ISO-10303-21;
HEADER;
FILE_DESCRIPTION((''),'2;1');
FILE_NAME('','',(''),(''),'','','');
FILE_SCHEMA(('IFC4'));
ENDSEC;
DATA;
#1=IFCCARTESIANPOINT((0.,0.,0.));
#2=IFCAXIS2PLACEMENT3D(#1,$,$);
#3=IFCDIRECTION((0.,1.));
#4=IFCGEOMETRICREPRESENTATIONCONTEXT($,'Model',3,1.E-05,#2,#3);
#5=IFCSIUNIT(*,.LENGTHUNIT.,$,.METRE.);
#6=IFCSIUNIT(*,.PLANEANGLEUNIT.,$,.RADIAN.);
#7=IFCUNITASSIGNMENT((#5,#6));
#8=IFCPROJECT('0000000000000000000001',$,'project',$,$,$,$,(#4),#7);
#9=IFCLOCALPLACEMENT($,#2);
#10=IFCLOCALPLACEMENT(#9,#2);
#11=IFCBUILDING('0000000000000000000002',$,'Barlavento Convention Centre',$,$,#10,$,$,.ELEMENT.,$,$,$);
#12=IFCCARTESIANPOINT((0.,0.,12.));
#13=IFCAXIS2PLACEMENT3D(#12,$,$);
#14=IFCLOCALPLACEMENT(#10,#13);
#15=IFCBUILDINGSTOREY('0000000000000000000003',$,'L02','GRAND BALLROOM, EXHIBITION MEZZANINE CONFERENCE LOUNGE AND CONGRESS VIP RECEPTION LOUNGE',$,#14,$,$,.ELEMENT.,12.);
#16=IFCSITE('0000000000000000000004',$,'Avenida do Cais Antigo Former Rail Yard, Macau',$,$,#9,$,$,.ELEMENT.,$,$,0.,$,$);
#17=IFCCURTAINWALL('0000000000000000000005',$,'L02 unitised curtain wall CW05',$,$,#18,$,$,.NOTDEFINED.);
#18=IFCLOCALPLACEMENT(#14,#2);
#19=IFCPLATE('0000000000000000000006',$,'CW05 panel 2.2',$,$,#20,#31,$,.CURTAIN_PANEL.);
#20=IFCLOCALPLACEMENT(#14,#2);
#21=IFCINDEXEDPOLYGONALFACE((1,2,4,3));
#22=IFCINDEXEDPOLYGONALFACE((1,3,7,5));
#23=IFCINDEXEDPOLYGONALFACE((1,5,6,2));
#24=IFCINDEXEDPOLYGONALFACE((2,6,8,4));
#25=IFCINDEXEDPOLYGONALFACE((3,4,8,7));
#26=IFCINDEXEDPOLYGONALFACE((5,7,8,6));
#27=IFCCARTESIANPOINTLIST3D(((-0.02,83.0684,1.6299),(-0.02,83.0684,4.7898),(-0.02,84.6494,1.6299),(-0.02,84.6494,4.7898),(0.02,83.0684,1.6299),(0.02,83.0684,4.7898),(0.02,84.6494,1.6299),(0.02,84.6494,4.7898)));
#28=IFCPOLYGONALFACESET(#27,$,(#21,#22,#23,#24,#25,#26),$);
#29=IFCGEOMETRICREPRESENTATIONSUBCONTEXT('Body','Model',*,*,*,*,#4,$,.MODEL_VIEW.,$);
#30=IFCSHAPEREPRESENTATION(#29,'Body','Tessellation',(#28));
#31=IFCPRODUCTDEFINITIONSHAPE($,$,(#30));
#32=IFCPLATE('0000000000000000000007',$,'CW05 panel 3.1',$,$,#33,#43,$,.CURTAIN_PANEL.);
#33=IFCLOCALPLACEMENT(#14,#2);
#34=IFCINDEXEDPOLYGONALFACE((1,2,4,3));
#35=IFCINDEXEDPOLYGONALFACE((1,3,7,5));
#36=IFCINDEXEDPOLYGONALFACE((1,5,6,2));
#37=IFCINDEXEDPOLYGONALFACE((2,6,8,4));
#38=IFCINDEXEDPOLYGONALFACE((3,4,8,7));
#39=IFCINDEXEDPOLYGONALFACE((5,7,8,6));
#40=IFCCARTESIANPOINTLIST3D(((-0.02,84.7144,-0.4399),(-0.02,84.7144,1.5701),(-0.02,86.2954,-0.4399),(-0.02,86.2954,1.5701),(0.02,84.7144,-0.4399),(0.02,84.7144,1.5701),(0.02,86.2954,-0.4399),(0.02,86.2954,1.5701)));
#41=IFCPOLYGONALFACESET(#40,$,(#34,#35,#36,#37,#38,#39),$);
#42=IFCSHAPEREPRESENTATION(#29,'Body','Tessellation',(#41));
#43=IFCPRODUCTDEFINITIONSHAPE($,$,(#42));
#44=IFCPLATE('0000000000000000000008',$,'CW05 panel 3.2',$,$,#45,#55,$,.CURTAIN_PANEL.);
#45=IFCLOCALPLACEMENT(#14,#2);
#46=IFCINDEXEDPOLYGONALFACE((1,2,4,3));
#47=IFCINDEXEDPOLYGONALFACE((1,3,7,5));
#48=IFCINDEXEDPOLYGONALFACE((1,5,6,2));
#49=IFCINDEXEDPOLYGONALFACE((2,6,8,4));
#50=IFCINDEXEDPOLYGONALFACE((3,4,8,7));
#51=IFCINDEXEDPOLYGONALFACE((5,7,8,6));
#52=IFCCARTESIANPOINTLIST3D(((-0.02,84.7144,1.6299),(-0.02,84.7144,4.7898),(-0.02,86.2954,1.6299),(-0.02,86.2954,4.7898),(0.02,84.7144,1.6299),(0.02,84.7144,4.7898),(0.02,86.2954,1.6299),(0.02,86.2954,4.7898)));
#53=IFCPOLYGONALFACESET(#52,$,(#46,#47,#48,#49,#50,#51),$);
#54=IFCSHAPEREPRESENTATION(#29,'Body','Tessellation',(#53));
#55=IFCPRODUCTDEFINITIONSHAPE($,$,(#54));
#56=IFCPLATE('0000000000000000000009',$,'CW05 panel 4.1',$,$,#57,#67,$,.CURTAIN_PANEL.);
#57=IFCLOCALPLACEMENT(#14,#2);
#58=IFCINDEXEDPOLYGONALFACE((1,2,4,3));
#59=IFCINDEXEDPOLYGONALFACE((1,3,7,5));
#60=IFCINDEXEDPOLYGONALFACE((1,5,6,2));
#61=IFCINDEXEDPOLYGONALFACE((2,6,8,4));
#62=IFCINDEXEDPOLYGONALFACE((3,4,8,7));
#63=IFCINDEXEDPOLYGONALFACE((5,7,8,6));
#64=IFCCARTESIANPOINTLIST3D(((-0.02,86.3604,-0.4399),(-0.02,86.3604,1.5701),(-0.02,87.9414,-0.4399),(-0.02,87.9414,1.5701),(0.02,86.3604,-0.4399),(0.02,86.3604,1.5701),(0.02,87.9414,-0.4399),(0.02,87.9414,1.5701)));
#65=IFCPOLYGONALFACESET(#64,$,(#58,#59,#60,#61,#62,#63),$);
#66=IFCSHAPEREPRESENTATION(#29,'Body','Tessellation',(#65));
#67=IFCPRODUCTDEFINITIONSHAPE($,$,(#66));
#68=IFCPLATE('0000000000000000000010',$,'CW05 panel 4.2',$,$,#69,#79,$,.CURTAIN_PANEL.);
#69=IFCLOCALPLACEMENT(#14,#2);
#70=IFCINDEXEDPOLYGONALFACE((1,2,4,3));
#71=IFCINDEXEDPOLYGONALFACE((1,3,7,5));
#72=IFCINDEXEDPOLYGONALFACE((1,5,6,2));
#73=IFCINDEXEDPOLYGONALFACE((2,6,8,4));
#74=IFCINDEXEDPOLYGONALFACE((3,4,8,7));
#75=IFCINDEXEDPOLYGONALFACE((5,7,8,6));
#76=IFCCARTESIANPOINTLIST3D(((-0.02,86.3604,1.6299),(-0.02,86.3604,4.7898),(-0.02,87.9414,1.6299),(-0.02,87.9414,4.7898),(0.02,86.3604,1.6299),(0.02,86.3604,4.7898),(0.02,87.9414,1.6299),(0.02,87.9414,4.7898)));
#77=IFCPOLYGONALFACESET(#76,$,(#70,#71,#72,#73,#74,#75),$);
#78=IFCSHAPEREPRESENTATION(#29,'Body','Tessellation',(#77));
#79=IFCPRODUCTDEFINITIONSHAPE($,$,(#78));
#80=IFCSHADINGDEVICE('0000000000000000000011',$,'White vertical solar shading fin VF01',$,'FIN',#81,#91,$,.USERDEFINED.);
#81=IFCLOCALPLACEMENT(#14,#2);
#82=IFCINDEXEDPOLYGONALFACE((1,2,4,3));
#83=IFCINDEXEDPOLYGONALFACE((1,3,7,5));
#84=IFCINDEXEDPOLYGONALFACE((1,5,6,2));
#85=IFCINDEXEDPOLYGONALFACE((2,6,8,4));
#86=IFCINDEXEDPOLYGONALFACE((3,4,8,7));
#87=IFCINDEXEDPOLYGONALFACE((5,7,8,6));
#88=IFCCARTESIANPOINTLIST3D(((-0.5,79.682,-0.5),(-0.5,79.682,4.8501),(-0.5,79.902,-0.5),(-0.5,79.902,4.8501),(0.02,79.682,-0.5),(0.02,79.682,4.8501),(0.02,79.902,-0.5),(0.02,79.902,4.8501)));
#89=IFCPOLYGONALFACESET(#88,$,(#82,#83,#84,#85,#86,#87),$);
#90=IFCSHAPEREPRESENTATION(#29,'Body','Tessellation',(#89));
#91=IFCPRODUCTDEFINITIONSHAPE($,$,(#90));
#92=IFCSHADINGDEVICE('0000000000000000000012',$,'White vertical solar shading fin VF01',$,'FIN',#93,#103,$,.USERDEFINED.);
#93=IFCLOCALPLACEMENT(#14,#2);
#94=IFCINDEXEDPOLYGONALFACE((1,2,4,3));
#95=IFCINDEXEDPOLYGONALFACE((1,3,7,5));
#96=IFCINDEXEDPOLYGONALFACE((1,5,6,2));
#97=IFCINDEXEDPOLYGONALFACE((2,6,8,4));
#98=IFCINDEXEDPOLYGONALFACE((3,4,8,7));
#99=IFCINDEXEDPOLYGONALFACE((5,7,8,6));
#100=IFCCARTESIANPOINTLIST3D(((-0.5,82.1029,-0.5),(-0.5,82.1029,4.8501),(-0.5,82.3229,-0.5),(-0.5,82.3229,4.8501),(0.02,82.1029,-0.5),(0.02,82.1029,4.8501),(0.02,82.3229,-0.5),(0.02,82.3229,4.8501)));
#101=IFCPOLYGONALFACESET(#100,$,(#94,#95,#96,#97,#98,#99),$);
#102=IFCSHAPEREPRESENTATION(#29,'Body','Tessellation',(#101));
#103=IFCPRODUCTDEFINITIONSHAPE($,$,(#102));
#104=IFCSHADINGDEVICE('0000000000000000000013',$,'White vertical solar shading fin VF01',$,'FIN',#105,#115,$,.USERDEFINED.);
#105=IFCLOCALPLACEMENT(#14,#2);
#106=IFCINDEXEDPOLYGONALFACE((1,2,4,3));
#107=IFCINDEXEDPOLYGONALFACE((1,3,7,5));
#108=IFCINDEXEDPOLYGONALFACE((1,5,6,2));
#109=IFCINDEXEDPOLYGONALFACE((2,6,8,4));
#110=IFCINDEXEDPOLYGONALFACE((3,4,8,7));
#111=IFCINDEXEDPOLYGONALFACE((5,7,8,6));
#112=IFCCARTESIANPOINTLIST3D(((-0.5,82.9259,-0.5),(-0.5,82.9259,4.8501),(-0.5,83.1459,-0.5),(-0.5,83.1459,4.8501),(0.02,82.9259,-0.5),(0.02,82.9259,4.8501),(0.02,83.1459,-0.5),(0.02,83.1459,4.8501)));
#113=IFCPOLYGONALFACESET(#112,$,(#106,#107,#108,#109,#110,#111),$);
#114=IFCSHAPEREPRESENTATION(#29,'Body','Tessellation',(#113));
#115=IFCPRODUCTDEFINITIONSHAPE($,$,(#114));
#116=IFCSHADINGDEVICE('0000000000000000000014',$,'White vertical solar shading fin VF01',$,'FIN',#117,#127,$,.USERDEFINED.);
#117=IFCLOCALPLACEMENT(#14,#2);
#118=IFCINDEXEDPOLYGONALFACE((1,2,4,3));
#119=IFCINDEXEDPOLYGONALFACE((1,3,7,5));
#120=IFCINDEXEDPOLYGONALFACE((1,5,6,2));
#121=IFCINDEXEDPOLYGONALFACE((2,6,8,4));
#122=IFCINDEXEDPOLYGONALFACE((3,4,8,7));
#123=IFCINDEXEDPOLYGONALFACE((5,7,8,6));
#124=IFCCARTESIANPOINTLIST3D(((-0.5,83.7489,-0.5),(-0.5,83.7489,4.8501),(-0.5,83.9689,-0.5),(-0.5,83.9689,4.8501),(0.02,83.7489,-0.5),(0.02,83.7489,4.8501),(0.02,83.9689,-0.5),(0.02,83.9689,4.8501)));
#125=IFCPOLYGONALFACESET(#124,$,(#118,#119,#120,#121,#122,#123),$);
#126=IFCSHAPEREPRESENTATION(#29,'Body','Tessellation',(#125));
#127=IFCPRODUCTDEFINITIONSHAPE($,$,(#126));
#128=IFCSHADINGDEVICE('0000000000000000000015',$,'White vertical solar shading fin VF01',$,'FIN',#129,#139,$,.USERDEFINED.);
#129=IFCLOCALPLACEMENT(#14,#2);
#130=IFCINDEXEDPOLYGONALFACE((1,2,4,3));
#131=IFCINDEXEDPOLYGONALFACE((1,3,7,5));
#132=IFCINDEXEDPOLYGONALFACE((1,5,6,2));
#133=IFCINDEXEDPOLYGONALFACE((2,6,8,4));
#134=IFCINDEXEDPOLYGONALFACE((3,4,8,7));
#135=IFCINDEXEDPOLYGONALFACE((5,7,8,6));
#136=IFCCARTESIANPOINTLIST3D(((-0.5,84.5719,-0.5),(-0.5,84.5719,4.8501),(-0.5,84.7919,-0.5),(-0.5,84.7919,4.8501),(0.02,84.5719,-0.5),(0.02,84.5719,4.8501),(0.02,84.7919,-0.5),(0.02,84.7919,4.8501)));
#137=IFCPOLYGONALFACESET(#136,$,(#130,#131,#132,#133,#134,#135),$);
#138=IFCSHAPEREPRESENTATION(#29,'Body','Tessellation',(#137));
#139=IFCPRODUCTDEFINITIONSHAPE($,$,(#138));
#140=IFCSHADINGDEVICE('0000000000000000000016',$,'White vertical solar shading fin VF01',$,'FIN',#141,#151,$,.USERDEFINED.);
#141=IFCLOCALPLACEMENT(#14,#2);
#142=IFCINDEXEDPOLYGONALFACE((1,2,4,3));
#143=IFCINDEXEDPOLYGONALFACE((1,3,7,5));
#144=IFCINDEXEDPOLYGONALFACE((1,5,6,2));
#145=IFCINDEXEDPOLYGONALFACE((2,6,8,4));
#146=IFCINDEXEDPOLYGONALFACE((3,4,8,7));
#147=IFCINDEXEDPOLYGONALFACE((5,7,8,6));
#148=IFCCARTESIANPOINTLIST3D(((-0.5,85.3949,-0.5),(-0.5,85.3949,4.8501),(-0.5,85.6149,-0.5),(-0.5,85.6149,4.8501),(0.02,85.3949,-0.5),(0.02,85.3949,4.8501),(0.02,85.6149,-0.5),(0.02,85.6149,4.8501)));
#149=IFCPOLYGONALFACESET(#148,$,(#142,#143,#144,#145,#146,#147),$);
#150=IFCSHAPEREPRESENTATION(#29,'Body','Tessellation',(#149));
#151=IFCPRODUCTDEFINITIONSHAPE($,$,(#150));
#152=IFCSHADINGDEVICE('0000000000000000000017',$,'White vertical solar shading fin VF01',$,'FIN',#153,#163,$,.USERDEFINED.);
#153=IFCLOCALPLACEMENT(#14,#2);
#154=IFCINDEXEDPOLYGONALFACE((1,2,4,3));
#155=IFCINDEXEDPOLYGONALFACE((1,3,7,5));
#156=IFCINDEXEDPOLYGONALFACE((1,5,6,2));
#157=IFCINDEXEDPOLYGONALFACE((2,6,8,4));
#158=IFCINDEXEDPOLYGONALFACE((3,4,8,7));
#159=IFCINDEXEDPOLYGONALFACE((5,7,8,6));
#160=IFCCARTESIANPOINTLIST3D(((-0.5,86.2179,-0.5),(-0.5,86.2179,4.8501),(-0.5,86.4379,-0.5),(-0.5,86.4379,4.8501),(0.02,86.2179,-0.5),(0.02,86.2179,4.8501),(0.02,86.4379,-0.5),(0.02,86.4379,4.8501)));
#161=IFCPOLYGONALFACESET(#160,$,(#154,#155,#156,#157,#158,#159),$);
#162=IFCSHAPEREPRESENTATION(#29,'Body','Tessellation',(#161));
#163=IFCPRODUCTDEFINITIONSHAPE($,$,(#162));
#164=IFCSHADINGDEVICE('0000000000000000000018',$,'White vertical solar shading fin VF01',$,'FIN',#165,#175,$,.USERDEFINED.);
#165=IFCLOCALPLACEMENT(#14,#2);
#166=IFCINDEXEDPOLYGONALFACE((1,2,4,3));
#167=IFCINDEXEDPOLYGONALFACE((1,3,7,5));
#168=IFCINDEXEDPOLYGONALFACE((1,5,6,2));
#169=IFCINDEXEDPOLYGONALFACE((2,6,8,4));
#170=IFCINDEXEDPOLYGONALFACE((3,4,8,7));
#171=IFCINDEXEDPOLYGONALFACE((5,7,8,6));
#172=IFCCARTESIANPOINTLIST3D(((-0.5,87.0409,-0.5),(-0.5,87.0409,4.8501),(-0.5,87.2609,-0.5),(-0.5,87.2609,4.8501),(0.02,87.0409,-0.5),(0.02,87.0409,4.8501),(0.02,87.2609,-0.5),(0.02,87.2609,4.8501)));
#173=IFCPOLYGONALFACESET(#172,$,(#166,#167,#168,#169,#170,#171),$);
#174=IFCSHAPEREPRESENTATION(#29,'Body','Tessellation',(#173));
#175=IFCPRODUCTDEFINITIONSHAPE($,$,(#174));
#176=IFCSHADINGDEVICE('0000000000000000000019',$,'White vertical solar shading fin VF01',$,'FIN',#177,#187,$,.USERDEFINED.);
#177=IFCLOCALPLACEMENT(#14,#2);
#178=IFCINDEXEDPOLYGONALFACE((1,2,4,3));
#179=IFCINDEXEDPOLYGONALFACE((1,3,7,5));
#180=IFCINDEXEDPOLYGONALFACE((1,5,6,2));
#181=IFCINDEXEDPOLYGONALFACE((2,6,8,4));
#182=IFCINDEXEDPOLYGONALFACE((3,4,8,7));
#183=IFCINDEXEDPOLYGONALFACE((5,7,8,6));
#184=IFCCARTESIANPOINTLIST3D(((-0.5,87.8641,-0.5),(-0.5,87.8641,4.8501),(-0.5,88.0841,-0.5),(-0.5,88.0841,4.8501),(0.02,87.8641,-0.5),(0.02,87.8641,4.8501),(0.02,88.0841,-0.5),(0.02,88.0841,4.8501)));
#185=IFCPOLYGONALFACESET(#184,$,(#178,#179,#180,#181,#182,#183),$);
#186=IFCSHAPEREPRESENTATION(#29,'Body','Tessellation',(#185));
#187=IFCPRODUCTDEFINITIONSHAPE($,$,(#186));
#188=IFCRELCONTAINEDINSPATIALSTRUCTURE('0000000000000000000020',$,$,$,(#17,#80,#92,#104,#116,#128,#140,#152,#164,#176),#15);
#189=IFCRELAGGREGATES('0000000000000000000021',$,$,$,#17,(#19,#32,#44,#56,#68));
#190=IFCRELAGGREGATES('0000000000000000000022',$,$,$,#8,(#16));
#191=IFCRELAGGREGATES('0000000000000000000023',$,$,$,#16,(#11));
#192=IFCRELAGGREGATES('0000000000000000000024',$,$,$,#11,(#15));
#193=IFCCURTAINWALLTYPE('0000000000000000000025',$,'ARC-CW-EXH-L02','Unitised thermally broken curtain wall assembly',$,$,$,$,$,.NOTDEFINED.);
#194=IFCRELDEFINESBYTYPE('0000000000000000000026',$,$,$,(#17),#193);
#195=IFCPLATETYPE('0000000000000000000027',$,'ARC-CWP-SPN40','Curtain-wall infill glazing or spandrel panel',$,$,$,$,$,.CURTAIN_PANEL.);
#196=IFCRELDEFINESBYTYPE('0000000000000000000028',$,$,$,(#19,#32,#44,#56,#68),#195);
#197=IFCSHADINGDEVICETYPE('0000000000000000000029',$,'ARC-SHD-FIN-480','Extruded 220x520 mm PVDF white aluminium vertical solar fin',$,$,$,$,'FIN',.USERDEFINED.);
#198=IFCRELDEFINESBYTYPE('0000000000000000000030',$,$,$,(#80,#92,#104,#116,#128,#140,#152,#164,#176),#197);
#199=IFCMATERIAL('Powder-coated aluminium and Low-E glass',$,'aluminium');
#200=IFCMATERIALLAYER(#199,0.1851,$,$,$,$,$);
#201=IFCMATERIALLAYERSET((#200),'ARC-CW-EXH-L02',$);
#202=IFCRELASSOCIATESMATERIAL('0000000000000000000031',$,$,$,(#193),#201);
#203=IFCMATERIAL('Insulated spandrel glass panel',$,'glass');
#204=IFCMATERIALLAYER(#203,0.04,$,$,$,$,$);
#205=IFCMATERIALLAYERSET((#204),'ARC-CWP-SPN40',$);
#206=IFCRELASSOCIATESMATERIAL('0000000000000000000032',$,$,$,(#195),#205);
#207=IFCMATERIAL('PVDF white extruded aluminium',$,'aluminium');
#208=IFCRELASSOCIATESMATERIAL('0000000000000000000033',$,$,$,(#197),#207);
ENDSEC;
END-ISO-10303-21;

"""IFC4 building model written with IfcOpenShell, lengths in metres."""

from ifc_helpers import new_model, si_unit, direction, frame, origin, origin_2d, place, context, subcontext, project, spatial, rectangle, extrude, material, layer, layer_set, type_object, element, aggregate, save


model = new_model("IFC4")

# Units and contexts
model_context = context("Model", 3, precision=1e-05, world=origin(), true_north=direction((0.0, 1.0)))
body_context = subcontext(model_context, "Body", "Model", "MODEL_VIEW")
ifc_project = project(units=[si_unit("LENGTHUNIT", "METRE"), si_unit("PLANEANGLEUNIT", "RADIAN")], contexts=[model_context])

# Site, building, storey
site_placement = place(None, origin())
site = spatial("IfcSite", under=ifc_project, at=site_placement, Name="Avenida do Cais Antigo Former Rail Yard, Macau", CompositionType="ELEMENT", RefElevation=0.0)
building_placement = place(site_placement, origin())
building = spatial("IfcBuilding", under=site, at=building_placement, Name="Barlavento Convention Centre", CompositionType="ELEMENT")
storey_placement = place(building_placement, frame((0.0, 0.0, 12.0)))
storey = spatial("IfcBuildingStorey", under=building, at=storey_placement, Name="L02", Description="GRAND BALLROOM, EXHIBITION MEZZANINE CONFERENCE LOUNGE AND CONGRESS VIP RECEPTION LOUNGE", CompositionType="ELEMENT", Elevation=12.0)

# Shared definitions
ifc_material_1 = material(Name="Powder-coated aluminium and Low-E glass", Category="aluminium")
ifc_layer_1 = layer(ifc_material_1, 0.1851)
ifc_layer_set_1 = layer_set([ifc_layer_1], Name="ARC-CW-EXH-L02")
curtain_wall_type = type_object("IfcCurtainWallType", Name="ARC-CW-EXH-L02", Description="Unitised thermally broken curtain wall assembly", PredefinedType="NOTDEFINED", material=ifc_layer_set_1)

# Curtain wall
curtain_wall_1_placement = place(storey_placement, origin())
curtain_wall_1 = element("IfcCurtainWall", 1, at=curtain_wall_1_placement, inside=storey, type_object=curtain_wall_type, Name="L02 unitised curtain wall CW05", PredefinedType="NOTDEFINED")

# Plates
ifc_material_2 = material(Name="Insulated spandrel glass panel", Category="glass")
ifc_layer_2 = layer(ifc_material_2, 0.04)
ifc_layer_set_2 = layer_set([ifc_layer_2], Name="ARC-CWP-SPN40")
plate_type = type_object("IfcPlateType", Name="ARC-CWP-SPN40", Description="Curtain-wall infill glazing or spandrel panel", PredefinedType="CURTAIN_PANEL", material=ifc_layer_set_2)
plate_1_placement = place(storey_placement, frame((0.0, 83.8589, 1.6299), z_axis=(0.0, 0.0, 1.0), x_axis=(0.0, 1.0, 0.0)))
plate_1 = element("IfcPlate", 2, at=plate_1_placement, type_object=plate_type, Name="CW05 panel 2.2", PredefinedType="CURTAIN_PANEL", context=body_context, shape_type="SweptSolid", body=[
    extrude(rectangle(XDim=1.5811, YDim=0.04, at=origin_2d()), origin(), (0.0, 0.0, 1.0), 3.1599),
])
plate_2_placement = place(storey_placement, frame((0.0, 85.5049, -0.4399), z_axis=(0.0, 0.0, 1.0), x_axis=(0.0, 1.0, 0.0)))
plate_2 = element("IfcPlate", 3, at=plate_2_placement, type_object=plate_type, Name="CW05 panel 3.1", PredefinedType="CURTAIN_PANEL", context=body_context, shape_type="SweptSolid", body=[
    extrude(rectangle(XDim=1.5811, YDim=0.04, at=origin_2d()), origin(), (0.0, 0.0, 1.0), 2.01),
])
plate_3_placement = place(storey_placement, frame((0.0, 85.5049, 1.6299), z_axis=(0.0, 0.0, 1.0), x_axis=(0.0, 1.0, 0.0)))
plate_3 = element("IfcPlate", 4, at=plate_3_placement, type_object=plate_type, Name="CW05 panel 3.2", PredefinedType="CURTAIN_PANEL", context=body_context, shape_type="SweptSolid", body=[
    extrude(rectangle(XDim=1.5811, YDim=0.04, at=origin_2d()), origin(), (0.0, 0.0, 1.0), 3.1599),
])
plate_4_placement = place(storey_placement, frame((0.0, 87.1509, -0.4399), z_axis=(0.0, 0.0, 1.0), x_axis=(0.0, 1.0, 0.0)))
plate_4 = element("IfcPlate", 5, at=plate_4_placement, type_object=plate_type, Name="CW05 panel 4.1", PredefinedType="CURTAIN_PANEL", context=body_context, shape_type="SweptSolid", body=[
    extrude(rectangle(XDim=1.5811, YDim=0.04, at=origin_2d()), origin(), (0.0, 0.0, 1.0), 2.01),
])
plate_5_placement = place(storey_placement, frame((0.0, 87.1509, 1.6299), z_axis=(0.0, 0.0, 1.0), x_axis=(0.0, 1.0, 0.0)))
plate_5 = element("IfcPlate", 6, at=plate_5_placement, type_object=plate_type, Name="CW05 panel 4.2", PredefinedType="CURTAIN_PANEL", context=body_context, shape_type="SweptSolid", body=[
    extrude(rectangle(XDim=1.5811, YDim=0.04, at=origin_2d()), origin(), (0.0, 0.0, 1.0), 3.1599),
])
aggregate(curtain_wall_1, [plate_1, plate_2, plate_3, plate_4, plate_5])

# Shading devices
ifc_material_3 = material(Name="PVDF white extruded aluminium", Category="aluminium")
shading_device_type = type_object("IfcShadingDeviceType", Name="ARC-SHD-FIN-480", Description="Extruded 220x520 mm PVDF white aluminium vertical solar fin", ElementType="FIN", PredefinedType="USERDEFINED", material=ifc_material_3)
for number, where, z_axis, x_axis, name in (
    (7, (-0.24, 79.792, -0.5), (0.0, 0.0, 1.0), (0.0, 1.0, 0.0), "White vertical solar shading fin VF01"),
    (8, (-0.24, 82.2129, -0.5), (0.0, 0.0, 1.0), (0.0, 1.0, 0.0), "White vertical solar shading fin VF01"),
    (9, (-0.24, 83.0359, -0.5), (0.0, 0.0, 1.0), (0.0, 1.0, 0.0), "White vertical solar shading fin VF01"),
    (10, (-0.24, 83.8589, -0.5), (0.0, 0.0, 1.0), (0.0, 1.0, 0.0), "White vertical solar shading fin VF01"),
    (11, (-0.24, 84.6819, -0.5), (0.0, 0.0, 1.0), (0.0, 1.0, 0.0), "White vertical solar shading fin VF01"),
    (12, (-0.24, 85.5049, -0.5), (0.0, 0.0, 1.0), (0.0, 1.0, 0.0), "White vertical solar shading fin VF01"),
    (13, (-0.24, 86.3279, -0.5), (0.0, 0.0, 1.0), (0.0, 1.0, 0.0), "White vertical solar shading fin VF01"),
    (14, (-0.24, 87.1509, -0.5), (0.0, 0.0, 1.0), (0.0, 1.0, 0.0), "White vertical solar shading fin VF01"),
    (15, (-0.24, 87.9741, -0.5), (0.0, 0.0, 1.0), (0.0, 1.0, 0.0), "White vertical solar shading fin VF01"),
):
    element("IfcShadingDevice", number, at=place(storey_placement, frame(where, z_axis=z_axis, x_axis=x_axis)), inside=storey, type_object=shading_device_type, Name=name, ObjectType="FIN", PredefinedType="USERDEFINED", context=body_context, shape_type="SweptSolid", body=[
        extrude(rectangle(XDim=0.22, YDim=0.52, at=origin_2d()), origin(), (0.0, 0.0, 1.0), 5.3501),
    ])

save(model, "model.ifc")
